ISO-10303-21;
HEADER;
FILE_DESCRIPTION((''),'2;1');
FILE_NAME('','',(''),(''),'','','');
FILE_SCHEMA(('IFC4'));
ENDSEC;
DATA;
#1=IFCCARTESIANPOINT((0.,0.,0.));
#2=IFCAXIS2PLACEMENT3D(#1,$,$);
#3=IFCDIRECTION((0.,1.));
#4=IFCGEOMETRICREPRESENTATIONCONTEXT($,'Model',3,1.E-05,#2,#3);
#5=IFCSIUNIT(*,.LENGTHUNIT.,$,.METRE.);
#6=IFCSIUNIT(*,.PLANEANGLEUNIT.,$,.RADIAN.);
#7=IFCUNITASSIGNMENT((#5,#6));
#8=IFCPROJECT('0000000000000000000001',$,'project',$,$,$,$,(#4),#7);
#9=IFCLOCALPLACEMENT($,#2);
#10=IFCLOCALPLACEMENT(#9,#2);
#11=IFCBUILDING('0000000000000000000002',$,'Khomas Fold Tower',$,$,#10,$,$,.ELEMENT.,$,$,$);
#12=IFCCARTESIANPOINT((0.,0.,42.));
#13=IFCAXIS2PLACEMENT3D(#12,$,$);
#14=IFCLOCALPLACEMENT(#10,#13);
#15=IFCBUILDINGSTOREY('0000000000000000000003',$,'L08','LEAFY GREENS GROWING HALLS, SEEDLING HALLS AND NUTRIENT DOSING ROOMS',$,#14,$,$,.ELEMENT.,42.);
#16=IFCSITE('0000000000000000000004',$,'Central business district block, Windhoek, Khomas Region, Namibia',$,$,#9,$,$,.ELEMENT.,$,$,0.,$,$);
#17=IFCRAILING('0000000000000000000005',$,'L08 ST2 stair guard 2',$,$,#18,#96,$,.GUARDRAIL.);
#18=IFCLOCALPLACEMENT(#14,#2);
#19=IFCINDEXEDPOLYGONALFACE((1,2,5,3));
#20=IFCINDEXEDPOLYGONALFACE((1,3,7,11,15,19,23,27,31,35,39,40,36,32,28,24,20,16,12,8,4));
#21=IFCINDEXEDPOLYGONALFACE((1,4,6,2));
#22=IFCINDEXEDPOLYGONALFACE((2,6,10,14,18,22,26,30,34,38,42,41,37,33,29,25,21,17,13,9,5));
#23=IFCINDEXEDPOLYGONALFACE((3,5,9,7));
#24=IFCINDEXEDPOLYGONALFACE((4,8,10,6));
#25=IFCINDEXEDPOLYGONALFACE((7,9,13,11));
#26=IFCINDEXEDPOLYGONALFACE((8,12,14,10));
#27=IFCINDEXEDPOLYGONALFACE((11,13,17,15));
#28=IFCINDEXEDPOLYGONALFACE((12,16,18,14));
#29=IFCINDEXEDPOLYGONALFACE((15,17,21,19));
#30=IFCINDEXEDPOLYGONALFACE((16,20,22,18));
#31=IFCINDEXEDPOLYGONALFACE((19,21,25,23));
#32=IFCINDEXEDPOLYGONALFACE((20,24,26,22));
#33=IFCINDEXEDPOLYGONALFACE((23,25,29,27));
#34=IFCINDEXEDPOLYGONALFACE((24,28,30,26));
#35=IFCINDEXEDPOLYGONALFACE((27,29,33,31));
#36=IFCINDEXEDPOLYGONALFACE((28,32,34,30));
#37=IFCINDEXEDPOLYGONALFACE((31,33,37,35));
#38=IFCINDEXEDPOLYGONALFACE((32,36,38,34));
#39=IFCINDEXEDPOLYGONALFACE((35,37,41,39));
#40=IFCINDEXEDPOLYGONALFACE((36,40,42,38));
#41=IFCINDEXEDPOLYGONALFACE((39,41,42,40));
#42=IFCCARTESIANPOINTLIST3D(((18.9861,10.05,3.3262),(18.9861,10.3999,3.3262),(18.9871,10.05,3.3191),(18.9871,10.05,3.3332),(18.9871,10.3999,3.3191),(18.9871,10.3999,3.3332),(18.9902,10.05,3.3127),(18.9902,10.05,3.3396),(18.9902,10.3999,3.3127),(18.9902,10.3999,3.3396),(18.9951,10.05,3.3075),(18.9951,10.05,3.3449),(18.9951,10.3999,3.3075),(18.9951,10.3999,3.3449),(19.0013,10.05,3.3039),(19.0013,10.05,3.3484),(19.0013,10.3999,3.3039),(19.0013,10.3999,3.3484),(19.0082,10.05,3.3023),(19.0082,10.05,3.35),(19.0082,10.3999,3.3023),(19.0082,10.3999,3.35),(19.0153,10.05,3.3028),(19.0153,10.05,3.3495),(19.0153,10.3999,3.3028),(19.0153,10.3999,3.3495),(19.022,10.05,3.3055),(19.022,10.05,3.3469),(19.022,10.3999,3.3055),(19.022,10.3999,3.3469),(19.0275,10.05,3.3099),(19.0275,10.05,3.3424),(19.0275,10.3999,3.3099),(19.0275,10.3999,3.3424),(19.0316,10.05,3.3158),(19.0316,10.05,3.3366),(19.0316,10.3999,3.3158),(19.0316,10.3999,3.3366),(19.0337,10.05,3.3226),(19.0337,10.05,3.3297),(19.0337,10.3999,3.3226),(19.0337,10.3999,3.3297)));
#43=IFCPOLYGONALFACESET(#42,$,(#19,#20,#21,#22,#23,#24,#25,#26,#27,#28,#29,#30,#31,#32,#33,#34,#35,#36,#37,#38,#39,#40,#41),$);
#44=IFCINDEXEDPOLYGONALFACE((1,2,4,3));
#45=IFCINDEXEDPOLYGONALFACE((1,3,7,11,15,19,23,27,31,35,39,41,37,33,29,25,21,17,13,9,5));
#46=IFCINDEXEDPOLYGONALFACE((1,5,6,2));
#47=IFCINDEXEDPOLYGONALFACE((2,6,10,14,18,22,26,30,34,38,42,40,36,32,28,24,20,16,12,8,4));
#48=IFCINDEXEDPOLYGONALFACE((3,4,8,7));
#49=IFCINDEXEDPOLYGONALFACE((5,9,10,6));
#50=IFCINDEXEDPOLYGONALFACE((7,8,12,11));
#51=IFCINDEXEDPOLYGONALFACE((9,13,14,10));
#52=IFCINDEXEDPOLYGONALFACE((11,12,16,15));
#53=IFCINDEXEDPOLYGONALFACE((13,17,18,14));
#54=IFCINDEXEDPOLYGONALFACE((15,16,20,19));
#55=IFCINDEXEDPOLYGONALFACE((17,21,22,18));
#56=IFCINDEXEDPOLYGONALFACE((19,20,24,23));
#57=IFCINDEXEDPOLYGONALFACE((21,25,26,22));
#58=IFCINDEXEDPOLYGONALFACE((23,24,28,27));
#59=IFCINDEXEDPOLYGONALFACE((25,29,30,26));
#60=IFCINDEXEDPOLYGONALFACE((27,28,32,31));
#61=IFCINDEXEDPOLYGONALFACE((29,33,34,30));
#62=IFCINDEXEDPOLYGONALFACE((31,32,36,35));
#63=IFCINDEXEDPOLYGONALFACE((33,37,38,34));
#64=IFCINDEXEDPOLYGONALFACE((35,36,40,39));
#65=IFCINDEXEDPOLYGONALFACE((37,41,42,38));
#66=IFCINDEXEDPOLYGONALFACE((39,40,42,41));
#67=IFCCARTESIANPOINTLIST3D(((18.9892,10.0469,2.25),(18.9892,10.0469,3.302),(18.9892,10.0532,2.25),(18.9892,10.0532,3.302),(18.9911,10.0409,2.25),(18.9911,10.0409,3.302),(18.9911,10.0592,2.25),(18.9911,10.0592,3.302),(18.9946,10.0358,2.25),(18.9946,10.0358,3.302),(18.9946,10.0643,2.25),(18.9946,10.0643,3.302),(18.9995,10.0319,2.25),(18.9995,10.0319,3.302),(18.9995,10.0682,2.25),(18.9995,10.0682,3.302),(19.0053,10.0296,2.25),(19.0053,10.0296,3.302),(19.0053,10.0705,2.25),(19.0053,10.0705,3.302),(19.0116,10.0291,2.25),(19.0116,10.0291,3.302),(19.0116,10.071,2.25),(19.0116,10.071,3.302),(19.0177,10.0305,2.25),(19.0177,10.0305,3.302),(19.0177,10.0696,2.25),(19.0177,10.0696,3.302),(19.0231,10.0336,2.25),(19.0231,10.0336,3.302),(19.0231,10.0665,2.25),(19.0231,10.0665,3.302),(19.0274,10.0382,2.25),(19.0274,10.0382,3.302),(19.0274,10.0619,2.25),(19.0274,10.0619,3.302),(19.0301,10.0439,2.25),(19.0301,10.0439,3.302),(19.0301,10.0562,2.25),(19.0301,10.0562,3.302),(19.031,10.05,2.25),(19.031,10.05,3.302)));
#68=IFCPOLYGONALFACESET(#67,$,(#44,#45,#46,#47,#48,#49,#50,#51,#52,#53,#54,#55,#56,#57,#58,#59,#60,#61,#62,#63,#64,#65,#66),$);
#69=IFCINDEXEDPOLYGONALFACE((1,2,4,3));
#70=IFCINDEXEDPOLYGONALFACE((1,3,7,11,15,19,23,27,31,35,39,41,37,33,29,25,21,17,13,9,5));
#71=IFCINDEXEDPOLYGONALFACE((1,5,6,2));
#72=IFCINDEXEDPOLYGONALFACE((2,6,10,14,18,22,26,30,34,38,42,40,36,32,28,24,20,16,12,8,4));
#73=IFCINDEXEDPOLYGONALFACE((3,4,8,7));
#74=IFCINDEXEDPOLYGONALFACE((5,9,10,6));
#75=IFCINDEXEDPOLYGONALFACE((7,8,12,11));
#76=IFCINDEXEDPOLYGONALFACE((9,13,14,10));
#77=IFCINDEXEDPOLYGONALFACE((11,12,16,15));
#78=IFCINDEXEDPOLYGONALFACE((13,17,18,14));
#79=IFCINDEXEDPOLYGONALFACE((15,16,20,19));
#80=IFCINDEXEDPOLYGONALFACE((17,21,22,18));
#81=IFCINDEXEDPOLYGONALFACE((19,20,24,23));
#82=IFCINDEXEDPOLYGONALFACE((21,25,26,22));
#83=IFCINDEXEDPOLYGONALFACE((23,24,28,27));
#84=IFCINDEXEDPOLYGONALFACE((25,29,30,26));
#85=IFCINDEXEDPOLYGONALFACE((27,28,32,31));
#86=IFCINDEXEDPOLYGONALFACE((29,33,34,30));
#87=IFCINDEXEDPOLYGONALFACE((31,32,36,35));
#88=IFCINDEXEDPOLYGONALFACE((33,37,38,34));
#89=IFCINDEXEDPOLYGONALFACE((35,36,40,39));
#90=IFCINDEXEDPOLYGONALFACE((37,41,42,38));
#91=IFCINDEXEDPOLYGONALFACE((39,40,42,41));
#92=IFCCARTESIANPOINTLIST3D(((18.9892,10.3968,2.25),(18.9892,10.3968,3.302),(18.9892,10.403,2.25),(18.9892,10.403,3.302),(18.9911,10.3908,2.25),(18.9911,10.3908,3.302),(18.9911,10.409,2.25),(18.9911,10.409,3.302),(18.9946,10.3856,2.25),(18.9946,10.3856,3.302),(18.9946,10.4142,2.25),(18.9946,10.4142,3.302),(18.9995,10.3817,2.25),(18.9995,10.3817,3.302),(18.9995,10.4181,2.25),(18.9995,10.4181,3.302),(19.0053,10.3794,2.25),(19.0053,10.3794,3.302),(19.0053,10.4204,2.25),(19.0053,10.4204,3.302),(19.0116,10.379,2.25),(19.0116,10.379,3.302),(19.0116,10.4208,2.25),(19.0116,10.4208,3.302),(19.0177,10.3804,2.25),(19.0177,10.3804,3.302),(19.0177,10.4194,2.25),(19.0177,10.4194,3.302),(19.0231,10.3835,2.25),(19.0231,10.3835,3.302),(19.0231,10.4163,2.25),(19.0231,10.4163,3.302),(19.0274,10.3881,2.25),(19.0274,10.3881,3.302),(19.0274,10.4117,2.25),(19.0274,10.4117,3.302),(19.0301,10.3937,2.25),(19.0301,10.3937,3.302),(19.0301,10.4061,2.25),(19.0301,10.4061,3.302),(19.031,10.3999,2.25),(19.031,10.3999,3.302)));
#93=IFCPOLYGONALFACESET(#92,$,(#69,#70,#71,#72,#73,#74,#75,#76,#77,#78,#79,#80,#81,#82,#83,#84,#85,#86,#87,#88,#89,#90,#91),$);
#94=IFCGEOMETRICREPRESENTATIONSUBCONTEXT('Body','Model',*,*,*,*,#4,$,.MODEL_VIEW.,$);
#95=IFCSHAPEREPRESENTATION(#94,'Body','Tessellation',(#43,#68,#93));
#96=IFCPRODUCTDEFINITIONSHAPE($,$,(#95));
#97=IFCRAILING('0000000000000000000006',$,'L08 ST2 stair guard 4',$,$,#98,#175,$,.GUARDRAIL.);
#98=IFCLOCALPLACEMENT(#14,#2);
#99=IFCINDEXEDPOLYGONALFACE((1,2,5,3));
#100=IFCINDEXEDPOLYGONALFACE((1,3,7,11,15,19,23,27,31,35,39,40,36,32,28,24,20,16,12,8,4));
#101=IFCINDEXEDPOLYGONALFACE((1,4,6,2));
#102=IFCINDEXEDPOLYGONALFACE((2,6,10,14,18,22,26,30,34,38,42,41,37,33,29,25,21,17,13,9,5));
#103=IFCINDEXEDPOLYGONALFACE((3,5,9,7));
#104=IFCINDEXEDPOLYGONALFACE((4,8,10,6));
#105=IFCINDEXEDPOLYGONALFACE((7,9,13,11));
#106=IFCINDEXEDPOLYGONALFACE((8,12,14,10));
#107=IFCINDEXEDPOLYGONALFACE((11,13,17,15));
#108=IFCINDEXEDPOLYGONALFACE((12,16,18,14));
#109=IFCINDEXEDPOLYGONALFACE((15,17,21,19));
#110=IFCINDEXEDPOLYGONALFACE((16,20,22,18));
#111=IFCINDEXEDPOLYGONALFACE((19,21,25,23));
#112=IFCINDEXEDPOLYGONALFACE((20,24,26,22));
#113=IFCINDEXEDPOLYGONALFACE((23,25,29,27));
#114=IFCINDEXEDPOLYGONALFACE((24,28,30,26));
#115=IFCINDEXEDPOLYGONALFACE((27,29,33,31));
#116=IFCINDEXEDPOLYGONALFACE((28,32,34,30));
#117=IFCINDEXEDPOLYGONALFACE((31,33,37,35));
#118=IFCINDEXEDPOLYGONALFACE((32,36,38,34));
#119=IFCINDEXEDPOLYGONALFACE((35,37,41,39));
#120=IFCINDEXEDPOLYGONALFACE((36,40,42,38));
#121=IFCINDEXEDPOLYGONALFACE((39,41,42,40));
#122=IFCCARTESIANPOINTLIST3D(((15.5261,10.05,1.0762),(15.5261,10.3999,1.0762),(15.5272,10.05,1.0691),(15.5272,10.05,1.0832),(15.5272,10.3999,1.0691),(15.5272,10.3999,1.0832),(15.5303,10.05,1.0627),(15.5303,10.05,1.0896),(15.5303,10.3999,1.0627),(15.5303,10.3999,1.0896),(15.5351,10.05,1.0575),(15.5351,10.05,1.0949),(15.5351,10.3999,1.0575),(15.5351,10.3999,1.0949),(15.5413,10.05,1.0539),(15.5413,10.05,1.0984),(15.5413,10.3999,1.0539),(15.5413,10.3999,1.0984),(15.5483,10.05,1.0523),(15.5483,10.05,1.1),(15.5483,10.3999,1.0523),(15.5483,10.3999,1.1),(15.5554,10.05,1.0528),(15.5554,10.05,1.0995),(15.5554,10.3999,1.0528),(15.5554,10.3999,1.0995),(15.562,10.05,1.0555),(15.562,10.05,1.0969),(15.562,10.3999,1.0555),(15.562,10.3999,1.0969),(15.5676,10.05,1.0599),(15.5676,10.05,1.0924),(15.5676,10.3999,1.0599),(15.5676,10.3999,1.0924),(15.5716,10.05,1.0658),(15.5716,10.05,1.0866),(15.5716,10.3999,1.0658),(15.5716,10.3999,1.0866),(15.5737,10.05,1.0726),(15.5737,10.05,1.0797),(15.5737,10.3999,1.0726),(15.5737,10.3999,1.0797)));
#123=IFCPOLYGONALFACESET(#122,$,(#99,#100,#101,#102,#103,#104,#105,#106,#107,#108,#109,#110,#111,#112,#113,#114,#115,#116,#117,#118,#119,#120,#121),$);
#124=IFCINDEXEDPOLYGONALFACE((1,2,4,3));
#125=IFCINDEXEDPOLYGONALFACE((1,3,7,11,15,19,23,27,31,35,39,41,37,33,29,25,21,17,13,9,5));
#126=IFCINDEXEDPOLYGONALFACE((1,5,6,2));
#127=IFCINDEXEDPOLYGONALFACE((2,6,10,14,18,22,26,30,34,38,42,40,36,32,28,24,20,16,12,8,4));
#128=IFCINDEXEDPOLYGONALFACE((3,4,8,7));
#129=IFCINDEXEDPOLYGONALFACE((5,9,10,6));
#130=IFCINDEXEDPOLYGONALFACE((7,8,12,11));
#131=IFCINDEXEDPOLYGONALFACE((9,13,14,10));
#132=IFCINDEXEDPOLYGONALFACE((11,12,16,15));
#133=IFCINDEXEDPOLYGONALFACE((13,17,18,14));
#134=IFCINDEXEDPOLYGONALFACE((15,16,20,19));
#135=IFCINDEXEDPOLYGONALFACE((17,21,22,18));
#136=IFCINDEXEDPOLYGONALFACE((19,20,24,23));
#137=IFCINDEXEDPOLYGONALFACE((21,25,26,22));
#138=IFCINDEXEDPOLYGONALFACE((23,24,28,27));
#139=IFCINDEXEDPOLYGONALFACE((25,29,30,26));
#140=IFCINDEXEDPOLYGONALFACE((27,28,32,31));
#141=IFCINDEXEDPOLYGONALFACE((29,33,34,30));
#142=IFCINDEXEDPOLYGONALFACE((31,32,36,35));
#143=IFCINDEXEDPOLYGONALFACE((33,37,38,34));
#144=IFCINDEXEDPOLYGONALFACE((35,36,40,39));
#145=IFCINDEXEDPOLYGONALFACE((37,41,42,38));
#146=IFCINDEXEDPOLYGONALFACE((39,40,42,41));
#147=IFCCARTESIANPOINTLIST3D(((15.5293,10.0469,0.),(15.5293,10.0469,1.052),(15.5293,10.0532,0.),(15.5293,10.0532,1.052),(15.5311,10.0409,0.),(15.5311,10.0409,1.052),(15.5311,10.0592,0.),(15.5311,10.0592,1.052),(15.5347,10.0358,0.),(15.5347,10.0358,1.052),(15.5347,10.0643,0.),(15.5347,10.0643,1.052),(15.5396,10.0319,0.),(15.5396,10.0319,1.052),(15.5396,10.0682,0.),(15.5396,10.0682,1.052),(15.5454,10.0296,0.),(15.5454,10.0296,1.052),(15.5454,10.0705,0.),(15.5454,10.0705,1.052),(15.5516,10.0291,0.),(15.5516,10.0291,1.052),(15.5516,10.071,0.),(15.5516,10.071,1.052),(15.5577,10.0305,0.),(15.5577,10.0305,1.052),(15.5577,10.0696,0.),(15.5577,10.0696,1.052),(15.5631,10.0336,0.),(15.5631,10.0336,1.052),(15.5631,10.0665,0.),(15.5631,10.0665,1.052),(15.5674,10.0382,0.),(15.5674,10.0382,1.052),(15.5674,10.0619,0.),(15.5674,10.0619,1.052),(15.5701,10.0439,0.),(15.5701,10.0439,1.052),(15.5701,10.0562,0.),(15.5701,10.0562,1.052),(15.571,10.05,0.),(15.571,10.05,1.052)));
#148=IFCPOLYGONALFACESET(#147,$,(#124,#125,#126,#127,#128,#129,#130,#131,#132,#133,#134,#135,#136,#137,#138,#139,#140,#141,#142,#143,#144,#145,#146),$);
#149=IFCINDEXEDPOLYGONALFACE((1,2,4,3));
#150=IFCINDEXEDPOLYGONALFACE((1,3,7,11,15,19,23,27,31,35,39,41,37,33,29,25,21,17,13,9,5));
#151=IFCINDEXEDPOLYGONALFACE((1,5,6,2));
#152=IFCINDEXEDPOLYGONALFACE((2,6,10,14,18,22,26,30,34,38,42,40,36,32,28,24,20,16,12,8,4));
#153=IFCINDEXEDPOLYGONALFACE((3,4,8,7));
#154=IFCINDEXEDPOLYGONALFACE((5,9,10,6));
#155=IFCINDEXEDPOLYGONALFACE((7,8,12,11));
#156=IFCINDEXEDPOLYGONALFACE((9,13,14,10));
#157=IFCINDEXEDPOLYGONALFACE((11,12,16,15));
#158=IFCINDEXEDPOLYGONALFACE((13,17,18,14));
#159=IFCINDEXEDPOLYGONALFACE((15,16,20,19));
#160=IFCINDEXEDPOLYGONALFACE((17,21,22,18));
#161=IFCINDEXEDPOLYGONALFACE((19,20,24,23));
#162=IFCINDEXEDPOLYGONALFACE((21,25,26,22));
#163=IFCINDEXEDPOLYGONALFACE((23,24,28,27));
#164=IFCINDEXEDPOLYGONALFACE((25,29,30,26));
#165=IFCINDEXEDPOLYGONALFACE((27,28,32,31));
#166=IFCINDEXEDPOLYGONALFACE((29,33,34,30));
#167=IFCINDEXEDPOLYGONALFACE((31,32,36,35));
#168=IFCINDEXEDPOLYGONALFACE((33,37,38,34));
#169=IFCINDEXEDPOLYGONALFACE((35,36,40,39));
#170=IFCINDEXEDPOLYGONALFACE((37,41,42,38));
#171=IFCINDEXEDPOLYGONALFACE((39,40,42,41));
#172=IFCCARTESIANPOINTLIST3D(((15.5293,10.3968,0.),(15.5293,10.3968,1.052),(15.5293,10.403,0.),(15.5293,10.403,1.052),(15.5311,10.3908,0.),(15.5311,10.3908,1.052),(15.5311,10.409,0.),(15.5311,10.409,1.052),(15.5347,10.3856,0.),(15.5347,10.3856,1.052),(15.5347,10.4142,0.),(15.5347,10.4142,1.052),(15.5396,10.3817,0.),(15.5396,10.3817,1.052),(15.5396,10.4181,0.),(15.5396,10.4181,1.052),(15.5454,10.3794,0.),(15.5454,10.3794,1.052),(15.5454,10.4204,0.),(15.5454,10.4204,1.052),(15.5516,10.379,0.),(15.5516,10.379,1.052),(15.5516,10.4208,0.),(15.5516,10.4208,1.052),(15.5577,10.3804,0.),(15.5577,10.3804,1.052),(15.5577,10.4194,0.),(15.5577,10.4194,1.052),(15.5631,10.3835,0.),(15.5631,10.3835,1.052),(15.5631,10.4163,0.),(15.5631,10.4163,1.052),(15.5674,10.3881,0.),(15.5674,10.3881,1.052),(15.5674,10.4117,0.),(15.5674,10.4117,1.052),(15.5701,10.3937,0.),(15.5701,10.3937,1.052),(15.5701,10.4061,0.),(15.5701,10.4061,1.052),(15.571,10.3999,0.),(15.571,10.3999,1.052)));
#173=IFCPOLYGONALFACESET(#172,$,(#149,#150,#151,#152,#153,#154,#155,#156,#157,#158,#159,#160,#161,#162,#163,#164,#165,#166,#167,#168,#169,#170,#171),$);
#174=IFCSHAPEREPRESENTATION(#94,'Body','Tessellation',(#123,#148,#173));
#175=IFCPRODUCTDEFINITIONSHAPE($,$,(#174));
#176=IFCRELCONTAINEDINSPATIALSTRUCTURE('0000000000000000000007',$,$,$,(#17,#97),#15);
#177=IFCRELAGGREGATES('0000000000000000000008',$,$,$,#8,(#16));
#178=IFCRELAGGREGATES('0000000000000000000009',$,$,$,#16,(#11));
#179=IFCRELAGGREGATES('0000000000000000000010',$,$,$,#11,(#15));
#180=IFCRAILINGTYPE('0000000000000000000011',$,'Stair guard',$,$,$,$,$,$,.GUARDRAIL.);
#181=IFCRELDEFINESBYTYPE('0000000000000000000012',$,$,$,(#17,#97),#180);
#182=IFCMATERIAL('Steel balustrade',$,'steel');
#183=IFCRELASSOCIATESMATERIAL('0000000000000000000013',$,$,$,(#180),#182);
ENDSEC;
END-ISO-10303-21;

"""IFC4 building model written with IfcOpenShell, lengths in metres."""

from ifc_helpers import new_model, si_unit, direction, frame, origin, origin_2d, place, context, subcontext, project, spatial, circle, extrude, source, transform, mapped, material, type_object, element, save


model = new_model("IFC4")

# Units and contexts
model_context = context("Model", 3, precision=1e-05, world=origin(), true_north=direction((0.0, 1.0)))
body_context = subcontext(model_context, "Body", "Model", "MODEL_VIEW")
ifc_project = project(units=[si_unit("LENGTHUNIT", "METRE"), si_unit("PLANEANGLEUNIT", "RADIAN")], contexts=[model_context])

# Site, building, storey
site_placement = place(None, origin())
site = spatial("IfcSite", under=ifc_project, at=site_placement, Name="Central business district block, Windhoek, Khomas Region, Namibia", CompositionType="ELEMENT", RefElevation=0.0)
building_placement = place(site_placement, origin())
building = spatial("IfcBuilding", under=site, at=building_placement, Name="Khomas Fold Tower", CompositionType="ELEMENT")
storey_placement = place(building_placement, frame((0.0, 0.0, 42.0)))
storey = spatial("IfcBuildingStorey", under=building, at=storey_placement, Name="L08", Description="LEAFY GREENS GROWING HALLS, SEEDLING HALLS AND NUTRIENT DOSING ROOMS", CompositionType="ELEMENT", Elevation=42.0)

# Railings
ifc_material_1 = material(Name="Steel balustrade", Category="steel")
railing_type_1 = type_object("IfcRailingType", Name="Stair guard", PredefinedType="GUARDRAIL", material=ifc_material_1)
shared_shape_1 = source(origin(), body_context, "Body", "SweptSolid", [
    extrude(circle(Radius=0.0239, at=origin_2d()), frame((0.0, 0.0, 1.0762), z_axis=(0.0, 1.0, 0.0), x_axis=(-1.0, 0.0, 0.0)), (0.0, 0.0, 1.0), 0.3499),
    extrude(circle(Radius=0.021, at=origin_2d()), origin(), (0.0, 0.0, 1.0), 1.052),
    extrude(circle(Radius=0.021, at=origin_2d()), frame((0.0, 0.3499, 0.0)), (0.0, 0.0, 1.0), 1.052),
])
for number, where, name in (
    (1, (19.01, 10.05, 2.25), "L08 ST2 stair guard 2"),
    (2, (15.55, 10.05, 0.0), "L08 ST2 stair guard 4"),
):
    element("IfcRailing", number, at=place(storey_placement, frame(where)), inside=storey, type_object=railing_type_1, Name=name, PredefinedType="GUARDRAIL", context=body_context, shape_type="MappedRepresentation", body=[
        mapped(shared_shape_1, transform((0.0, 0.0, 0.0))),
    ])

save(model, "model.ifc")
